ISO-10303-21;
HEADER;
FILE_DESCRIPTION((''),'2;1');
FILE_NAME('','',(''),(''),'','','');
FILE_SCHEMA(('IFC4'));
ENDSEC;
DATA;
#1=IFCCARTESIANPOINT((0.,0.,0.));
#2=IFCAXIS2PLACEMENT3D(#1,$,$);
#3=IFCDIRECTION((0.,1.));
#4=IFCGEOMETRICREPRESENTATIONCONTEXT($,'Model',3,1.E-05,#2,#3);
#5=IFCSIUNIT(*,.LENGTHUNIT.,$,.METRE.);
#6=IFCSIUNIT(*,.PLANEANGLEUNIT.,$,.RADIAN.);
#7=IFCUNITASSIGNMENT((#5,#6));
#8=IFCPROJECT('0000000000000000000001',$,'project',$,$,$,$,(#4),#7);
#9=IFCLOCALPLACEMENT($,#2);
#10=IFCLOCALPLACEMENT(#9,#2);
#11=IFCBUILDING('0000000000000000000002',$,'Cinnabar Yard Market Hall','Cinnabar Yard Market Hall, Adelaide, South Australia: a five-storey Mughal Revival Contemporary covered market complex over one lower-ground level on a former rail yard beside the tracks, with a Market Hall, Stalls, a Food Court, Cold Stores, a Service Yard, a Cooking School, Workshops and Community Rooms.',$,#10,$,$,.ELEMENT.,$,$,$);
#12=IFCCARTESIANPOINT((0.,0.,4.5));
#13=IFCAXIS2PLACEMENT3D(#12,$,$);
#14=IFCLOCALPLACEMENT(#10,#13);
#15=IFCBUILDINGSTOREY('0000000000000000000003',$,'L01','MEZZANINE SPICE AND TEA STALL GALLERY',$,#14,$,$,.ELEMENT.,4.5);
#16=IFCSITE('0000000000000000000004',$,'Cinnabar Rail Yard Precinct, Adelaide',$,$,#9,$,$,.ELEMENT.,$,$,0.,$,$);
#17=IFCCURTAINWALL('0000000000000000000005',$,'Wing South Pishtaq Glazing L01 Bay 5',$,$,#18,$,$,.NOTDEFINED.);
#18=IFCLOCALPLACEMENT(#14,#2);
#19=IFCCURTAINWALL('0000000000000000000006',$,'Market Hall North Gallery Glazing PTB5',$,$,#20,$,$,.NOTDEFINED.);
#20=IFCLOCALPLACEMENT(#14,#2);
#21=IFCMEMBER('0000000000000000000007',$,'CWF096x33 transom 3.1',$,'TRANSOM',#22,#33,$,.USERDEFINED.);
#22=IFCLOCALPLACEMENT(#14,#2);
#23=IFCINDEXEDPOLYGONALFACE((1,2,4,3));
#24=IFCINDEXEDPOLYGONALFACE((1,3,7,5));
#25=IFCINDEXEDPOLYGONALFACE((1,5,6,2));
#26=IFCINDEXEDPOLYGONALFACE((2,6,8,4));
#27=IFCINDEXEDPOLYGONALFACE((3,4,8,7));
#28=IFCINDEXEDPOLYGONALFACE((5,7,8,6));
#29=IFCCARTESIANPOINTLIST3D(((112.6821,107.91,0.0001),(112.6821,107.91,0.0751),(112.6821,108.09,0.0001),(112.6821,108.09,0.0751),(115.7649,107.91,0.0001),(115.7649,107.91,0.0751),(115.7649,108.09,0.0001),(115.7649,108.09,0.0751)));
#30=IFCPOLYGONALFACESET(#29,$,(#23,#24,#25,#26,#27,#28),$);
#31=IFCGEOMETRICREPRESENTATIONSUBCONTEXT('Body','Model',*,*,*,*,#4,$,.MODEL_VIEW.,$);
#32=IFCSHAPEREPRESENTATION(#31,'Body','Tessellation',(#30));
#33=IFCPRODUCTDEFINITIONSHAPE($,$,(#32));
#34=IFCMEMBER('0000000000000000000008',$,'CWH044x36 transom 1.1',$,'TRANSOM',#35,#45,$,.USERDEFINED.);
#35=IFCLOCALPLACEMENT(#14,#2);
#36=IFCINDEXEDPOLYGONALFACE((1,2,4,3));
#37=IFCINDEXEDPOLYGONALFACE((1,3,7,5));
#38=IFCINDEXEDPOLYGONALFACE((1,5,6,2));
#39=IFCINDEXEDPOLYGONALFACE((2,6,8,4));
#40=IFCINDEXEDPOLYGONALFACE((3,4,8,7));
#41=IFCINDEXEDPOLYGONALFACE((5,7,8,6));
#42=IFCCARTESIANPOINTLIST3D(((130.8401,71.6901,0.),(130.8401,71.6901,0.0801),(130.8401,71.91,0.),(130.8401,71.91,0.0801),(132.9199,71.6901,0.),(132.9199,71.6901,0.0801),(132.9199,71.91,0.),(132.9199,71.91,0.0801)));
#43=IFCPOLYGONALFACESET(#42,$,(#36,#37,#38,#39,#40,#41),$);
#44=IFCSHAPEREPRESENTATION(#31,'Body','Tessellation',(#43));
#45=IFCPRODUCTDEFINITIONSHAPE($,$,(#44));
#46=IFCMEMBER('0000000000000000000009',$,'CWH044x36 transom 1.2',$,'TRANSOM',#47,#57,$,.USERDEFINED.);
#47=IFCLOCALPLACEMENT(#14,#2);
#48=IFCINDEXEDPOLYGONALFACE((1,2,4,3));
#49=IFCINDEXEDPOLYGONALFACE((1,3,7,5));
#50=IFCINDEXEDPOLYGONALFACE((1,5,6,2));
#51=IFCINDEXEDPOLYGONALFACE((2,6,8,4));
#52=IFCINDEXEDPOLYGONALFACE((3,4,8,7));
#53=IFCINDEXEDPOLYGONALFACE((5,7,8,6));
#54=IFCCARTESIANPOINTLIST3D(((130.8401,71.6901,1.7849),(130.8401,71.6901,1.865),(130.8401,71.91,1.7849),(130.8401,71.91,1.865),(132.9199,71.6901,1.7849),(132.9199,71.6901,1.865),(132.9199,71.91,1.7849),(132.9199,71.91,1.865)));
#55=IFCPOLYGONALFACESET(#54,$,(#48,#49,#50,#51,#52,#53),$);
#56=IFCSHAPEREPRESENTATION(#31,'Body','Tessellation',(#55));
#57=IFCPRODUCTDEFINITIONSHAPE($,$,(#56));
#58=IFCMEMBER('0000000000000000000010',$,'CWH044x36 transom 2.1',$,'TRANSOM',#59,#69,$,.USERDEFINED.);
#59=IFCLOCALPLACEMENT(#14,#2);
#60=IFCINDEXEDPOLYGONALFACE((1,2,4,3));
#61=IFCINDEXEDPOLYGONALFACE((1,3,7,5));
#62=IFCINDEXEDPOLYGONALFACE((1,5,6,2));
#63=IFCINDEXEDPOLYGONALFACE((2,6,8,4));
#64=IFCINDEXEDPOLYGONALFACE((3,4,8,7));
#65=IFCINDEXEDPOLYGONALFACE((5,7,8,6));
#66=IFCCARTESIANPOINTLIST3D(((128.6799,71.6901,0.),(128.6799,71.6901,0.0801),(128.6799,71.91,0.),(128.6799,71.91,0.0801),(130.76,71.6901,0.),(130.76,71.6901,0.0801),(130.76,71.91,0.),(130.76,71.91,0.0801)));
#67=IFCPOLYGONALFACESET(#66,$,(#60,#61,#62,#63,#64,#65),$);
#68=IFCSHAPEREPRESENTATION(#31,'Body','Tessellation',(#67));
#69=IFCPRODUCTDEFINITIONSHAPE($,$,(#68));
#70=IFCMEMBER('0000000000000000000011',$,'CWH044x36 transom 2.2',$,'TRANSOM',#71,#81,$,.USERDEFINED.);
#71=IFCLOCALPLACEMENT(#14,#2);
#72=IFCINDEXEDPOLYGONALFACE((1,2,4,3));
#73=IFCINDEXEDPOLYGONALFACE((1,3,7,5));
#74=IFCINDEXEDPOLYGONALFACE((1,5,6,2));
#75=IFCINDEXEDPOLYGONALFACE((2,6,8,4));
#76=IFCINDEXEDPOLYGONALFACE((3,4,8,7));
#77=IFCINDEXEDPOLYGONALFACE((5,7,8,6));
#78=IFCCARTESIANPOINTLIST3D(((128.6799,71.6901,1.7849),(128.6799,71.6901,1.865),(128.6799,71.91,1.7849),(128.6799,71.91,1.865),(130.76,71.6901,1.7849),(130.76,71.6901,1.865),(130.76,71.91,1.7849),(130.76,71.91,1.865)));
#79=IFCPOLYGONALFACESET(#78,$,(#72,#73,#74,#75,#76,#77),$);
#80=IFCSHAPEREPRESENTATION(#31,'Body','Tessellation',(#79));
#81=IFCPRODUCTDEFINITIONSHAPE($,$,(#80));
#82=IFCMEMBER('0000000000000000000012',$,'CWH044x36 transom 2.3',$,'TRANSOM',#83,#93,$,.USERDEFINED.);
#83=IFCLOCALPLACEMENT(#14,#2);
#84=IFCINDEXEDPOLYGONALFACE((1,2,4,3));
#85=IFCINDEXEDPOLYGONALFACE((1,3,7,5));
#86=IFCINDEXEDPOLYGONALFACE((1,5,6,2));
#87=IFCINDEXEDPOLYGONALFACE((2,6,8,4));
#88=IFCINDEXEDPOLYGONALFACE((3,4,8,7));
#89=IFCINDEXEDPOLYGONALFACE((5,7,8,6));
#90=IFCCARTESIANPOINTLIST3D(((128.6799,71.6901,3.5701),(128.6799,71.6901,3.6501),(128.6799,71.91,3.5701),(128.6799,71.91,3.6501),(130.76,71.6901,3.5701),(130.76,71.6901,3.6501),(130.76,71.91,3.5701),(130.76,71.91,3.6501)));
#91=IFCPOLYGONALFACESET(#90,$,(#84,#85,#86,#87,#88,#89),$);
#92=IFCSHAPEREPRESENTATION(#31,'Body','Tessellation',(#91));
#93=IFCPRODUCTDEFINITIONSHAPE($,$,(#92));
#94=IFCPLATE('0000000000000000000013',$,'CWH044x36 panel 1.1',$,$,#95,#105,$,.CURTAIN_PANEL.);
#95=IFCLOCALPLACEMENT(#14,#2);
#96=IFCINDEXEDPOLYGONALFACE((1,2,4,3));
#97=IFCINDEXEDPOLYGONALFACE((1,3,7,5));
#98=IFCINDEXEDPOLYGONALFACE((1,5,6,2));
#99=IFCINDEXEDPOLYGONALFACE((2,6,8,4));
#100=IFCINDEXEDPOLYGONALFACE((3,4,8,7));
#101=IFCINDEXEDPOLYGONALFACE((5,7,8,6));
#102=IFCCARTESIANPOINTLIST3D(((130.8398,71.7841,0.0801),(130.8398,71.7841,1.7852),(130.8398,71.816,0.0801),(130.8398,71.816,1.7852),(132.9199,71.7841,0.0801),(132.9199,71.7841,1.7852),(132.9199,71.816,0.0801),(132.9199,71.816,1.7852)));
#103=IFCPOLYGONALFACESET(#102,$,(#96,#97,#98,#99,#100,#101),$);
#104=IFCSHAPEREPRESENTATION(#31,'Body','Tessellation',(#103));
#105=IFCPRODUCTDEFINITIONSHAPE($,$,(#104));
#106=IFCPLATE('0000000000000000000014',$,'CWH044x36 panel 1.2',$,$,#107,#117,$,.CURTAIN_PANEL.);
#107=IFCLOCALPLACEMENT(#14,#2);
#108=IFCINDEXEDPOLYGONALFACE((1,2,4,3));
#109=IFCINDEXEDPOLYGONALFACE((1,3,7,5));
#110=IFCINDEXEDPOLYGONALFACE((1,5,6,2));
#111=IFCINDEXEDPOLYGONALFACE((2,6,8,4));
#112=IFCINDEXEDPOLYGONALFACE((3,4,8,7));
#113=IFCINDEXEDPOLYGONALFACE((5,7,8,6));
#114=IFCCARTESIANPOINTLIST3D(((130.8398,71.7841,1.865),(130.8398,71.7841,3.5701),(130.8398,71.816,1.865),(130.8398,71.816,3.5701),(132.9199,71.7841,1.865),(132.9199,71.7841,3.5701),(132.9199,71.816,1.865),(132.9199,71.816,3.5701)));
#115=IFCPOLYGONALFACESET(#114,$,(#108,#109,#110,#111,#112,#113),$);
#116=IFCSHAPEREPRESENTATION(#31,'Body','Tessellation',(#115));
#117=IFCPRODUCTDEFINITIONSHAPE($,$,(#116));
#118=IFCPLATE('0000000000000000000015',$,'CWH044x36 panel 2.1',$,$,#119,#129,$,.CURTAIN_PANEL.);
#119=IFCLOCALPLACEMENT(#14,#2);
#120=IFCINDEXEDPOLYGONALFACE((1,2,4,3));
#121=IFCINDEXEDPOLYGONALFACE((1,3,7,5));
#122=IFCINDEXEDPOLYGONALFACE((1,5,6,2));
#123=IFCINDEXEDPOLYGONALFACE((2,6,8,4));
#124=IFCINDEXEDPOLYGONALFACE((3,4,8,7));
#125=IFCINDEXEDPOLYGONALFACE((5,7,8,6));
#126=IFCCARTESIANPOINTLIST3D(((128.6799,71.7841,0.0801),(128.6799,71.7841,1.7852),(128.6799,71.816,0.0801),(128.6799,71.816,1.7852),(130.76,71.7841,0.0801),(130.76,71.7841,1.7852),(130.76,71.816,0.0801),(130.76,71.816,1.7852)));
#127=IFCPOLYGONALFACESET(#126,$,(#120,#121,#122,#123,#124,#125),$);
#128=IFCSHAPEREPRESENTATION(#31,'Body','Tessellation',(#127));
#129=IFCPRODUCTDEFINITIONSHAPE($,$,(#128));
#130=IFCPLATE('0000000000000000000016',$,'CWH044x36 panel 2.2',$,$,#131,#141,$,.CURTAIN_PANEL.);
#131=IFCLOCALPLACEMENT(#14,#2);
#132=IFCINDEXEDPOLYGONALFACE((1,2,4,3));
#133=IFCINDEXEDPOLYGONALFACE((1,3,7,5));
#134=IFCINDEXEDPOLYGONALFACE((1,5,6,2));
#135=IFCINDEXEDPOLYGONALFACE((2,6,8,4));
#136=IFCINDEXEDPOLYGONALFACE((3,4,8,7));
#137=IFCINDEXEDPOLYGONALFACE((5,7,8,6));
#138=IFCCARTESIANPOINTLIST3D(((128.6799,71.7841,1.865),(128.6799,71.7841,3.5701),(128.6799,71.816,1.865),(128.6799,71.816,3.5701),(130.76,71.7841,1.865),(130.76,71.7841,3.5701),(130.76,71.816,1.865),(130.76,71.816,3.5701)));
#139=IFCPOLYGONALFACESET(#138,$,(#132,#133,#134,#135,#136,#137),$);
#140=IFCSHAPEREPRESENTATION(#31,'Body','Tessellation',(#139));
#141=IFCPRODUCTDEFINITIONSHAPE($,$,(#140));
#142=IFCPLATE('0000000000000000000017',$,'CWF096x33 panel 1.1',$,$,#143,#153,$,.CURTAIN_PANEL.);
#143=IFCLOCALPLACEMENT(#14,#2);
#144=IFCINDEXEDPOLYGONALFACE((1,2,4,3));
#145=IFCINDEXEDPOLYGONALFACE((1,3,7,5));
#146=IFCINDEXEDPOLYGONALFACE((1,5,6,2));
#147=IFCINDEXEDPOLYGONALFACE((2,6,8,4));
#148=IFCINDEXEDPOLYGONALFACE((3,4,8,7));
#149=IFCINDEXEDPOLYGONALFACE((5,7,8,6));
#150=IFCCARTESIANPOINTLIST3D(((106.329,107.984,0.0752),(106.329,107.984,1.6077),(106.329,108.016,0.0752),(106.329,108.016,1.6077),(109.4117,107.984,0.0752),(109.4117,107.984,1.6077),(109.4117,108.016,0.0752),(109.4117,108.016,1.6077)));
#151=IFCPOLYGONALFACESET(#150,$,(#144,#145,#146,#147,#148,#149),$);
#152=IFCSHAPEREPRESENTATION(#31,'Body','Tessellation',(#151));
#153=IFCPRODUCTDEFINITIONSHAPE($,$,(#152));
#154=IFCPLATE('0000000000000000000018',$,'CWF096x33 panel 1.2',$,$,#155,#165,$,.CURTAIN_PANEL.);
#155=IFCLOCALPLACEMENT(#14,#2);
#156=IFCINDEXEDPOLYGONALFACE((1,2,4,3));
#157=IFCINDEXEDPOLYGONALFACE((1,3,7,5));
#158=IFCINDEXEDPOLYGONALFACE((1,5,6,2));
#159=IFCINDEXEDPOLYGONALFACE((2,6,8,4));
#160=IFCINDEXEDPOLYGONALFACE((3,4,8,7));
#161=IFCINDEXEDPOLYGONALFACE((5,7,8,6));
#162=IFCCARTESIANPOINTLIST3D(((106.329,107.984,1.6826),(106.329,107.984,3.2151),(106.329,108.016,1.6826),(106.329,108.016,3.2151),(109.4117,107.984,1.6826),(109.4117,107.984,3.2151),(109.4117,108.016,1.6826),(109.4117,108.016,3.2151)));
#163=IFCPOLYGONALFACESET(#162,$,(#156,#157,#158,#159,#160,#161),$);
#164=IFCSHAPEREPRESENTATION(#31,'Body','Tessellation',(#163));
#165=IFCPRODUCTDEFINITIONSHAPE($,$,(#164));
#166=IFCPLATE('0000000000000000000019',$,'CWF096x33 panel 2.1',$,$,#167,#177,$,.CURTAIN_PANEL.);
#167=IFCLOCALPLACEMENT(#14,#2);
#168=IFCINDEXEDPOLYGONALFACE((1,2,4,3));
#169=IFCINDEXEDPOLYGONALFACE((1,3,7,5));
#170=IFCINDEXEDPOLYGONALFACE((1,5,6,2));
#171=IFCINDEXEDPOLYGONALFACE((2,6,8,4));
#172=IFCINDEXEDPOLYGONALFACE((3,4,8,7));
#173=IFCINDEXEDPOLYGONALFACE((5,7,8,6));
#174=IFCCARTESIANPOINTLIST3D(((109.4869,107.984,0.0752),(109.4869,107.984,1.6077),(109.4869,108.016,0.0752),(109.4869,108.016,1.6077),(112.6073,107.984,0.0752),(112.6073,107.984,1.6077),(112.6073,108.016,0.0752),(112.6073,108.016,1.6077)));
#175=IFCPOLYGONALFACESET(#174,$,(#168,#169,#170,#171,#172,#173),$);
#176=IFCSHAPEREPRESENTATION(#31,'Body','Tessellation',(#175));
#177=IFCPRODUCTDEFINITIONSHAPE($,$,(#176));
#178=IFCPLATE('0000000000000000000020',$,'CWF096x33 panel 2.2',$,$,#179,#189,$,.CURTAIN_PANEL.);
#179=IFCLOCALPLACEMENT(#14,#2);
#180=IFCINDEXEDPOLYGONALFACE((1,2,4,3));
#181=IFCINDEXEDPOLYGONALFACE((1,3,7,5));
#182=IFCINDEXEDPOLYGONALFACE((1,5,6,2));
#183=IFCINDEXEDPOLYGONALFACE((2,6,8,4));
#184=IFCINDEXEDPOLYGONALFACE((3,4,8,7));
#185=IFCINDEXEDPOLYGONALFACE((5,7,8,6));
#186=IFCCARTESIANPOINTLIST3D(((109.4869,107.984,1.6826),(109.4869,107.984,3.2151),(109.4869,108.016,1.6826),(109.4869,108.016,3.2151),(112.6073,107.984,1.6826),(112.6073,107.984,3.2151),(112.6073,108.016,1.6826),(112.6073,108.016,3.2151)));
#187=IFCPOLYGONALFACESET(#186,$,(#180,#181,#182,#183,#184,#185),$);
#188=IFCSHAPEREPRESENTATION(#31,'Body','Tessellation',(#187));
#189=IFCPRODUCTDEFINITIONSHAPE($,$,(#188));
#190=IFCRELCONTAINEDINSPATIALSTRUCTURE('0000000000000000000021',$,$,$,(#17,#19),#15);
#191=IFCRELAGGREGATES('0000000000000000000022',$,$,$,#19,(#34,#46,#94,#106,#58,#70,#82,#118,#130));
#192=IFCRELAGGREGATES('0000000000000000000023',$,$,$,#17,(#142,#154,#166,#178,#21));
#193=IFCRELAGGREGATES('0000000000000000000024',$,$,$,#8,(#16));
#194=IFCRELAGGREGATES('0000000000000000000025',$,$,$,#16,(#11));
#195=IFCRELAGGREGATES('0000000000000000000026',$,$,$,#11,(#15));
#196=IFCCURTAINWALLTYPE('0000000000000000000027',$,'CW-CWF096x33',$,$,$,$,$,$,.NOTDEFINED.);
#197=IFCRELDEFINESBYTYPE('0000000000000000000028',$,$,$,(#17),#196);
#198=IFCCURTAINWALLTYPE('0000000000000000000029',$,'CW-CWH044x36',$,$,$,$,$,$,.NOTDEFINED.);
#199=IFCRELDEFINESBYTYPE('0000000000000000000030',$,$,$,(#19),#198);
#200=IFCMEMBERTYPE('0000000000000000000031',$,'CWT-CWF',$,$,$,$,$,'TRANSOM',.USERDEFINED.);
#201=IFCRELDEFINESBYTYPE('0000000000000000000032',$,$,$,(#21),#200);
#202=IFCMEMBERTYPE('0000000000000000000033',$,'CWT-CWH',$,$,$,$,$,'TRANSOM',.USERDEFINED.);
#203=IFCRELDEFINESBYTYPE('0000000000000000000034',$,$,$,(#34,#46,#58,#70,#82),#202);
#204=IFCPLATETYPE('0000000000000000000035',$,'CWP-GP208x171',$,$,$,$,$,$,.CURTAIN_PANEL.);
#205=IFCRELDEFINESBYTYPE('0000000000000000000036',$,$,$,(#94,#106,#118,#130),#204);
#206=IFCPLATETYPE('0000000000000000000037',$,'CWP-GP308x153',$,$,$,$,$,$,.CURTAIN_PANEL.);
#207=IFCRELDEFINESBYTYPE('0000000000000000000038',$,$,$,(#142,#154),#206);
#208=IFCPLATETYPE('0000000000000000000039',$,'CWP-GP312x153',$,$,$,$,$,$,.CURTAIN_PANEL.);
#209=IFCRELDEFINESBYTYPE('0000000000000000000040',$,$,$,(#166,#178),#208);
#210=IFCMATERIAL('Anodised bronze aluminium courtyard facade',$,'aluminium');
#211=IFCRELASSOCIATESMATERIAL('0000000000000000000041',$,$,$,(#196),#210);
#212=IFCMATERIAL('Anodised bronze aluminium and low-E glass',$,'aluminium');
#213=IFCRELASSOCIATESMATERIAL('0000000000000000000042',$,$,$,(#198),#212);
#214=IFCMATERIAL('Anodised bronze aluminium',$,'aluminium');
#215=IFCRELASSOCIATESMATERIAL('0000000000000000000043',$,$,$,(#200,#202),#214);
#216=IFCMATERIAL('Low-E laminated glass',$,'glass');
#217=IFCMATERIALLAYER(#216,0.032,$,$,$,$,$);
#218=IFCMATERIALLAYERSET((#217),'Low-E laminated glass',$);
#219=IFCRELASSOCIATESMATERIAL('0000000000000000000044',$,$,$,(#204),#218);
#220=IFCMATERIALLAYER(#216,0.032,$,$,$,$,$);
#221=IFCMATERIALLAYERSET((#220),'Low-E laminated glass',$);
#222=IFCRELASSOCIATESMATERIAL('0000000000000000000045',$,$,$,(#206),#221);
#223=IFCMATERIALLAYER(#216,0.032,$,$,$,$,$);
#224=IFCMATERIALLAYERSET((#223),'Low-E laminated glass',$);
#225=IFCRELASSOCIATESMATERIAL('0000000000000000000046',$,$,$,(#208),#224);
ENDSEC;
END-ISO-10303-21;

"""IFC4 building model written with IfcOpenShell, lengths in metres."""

from ifc_helpers import new_model, si_unit, direction, frame, origin, origin_2d_with_axis, place, context, subcontext, project, spatial, rectangle, extrude, material, layer, layer_set, material_profile, profile_set, type_object, element, aggregate, save


model = new_model("IFC4")

# Units and contexts
model_context = context("Model", 3, precision=1e-05, world=origin(), true_north=direction((0.0, 1.0)))
body_context = subcontext(model_context, "Body", "Model", "MODEL_VIEW")
ifc_project = project(units=[si_unit("LENGTHUNIT", "METRE"), si_unit("PLANEANGLEUNIT", "RADIAN")], contexts=[model_context])

# Site, building, storey
site_placement = place(None, origin())
site = spatial("IfcSite", under=ifc_project, at=site_placement, Name="Cinnabar Rail Yard Precinct, Adelaide", CompositionType="ELEMENT", RefElevation=0.0)
building_placement = place(site_placement, origin())
building = spatial("IfcBuilding", under=site, at=building_placement, Name="Cinnabar Yard Market Hall", Description="Cinnabar Yard Market Hall, Adelaide, South Australia: a five-storey Mughal Revival Contemporary covered market complex over one lower-ground level on a former rail yard beside the tracks, with a Market Hall, Stalls, a Food Court, Cold Stores, a Service Yard, a Cooking School, Workshops and Community Rooms.", CompositionType="ELEMENT")
storey_placement = place(building_placement, frame((0.0, 0.0, 4.5)))
storey = spatial("IfcBuildingStorey", under=building, at=storey_placement, Name="L01", Description="MEZZANINE SPICE AND TEA STALL GALLERY", CompositionType="ELEMENT", Elevation=4.5)

# Curtain wall
ifc_material_1 = material(Name="Anodised bronze aluminium courtyard facade", Category="aluminium")
curtain_wall_type_1 = type_object("IfcCurtainWallType", Name="CW-CWF096x33", PredefinedType="NOTDEFINED", material=ifc_material_1)
curtain_wall_1_placement = place(storey_placement, origin())
curtain_wall_1 = element("IfcCurtainWall", 1, at=curtain_wall_1_placement, inside=storey, type_object=curtain_wall_type_1, Name="Wing South Pishtaq Glazing L01 Bay 5", PredefinedType="NOTDEFINED")
ifc_material_2 = material(Name="Anodised bronze aluminium", Category="aluminium")

# Curtain wall
ifc_material_3 = material(Name="Anodised bronze aluminium and low-E glass", Category="aluminium")
curtain_wall_type_2 = type_object("IfcCurtainWallType", Name="CW-CWH044x36", PredefinedType="NOTDEFINED", material=ifc_material_3)
curtain_wall_2_placement = place(storey_placement, origin())
curtain_wall_2 = element("IfcCurtainWall", 2, at=curtain_wall_2_placement, inside=storey, type_object=curtain_wall_type_2, Name="Market Hall North Gallery Glazing PTB5", PredefinedType="NOTDEFINED")

# Members
ifc_material_profile_1 = material_profile(ifc_material_2, rectangle(XDim=0.1799, YDim=0.075, at=origin_2d_with_axis()), Name="TRN-CWF")
ifc_profile_set_1 = profile_set([ifc_material_profile_1], Name="Anodised bronze aluminium")
member_type_1 = type_object("IfcMemberType", Name="CWT-CWF", ElementType="TRANSOM", PredefinedType="USERDEFINED", material=ifc_profile_set_1)
member_1_placement = place(storey_placement, frame((112.6821, 108.0, 0.0376), z_axis=(1.0, 0.0, 0.0), x_axis=(0.0, 1.0, 0.0)))
member_1 = element("IfcMember", 3, at=member_1_placement, type_object=member_type_1, Name="CWF096x33 transom 3.1", ObjectType="TRANSOM", PredefinedType="USERDEFINED", context=body_context, shape_type="SweptSolid", body=[
    extrude(rectangle(XDim=0.1799, YDim=0.075, at=origin_2d_with_axis()), origin(), (0.0, 0.0, 1.0), 3.0828),
])
ifc_material_profile_2 = material_profile(ifc_material_2, rectangle(XDim=0.22, YDim=0.0801, at=origin_2d_with_axis()), Name="TRN-CWH")
ifc_profile_set_2 = profile_set([ifc_material_profile_2], Name="Anodised bronze aluminium")
member_type_2 = type_object("IfcMemberType", Name="CWT-CWH", ElementType="TRANSOM", PredefinedType="USERDEFINED", material=ifc_profile_set_2)
member_2_placement = place(storey_placement, frame((132.9199, 71.8, 0.04), z_axis=(-1.0, 0.0, 0.0), x_axis=(0.0, -1.0, 0.0)))
member_2 = element("IfcMember", 4, at=member_2_placement, type_object=member_type_2, Name="CWH044x36 transom 1.1", ObjectType="TRANSOM", PredefinedType="USERDEFINED", context=body_context, shape_type="SweptSolid", body=[
    extrude(rectangle(XDim=0.22, YDim=0.0801, at=origin_2d_with_axis()), origin(), (0.0, 0.0, 1.0), 2.0798),
])
member_3_placement = place(storey_placement, frame((132.9199, 71.8, 1.825), z_axis=(-1.0, 0.0, 0.0), x_axis=(0.0, -1.0, 0.0)))
member_3 = element("IfcMember", 5, at=member_3_placement, type_object=member_type_2, Name="CWH044x36 transom 1.2", ObjectType="TRANSOM", PredefinedType="USERDEFINED", context=body_context, shape_type="SweptSolid", body=[
    extrude(rectangle(XDim=0.22, YDim=0.0801, at=origin_2d_with_axis()), origin(), (0.0, 0.0, 1.0), 2.0798),
])
member_4_placement = place(storey_placement, frame((130.76, 71.8, 0.04), z_axis=(-1.0, 0.0, 0.0), x_axis=(0.0, -1.0, 0.0)))
member_4 = element("IfcMember", 6, at=member_4_placement, type_object=member_type_2, Name="CWH044x36 transom 2.1", ObjectType="TRANSOM", PredefinedType="USERDEFINED", context=body_context, shape_type="SweptSolid", body=[
    extrude(rectangle(XDim=0.22, YDim=0.0801, at=origin_2d_with_axis()), origin(), (0.0, 0.0, 1.0), 2.0801),
])
member_5_placement = place(storey_placement, frame((130.76, 71.8, 1.825), z_axis=(-1.0, 0.0, 0.0), x_axis=(0.0, -1.0, 0.0)))
member_5 = element("IfcMember", 7, at=member_5_placement, type_object=member_type_2, Name="CWH044x36 transom 2.2", ObjectType="TRANSOM", PredefinedType="USERDEFINED", context=body_context, shape_type="SweptSolid", body=[
    extrude(rectangle(XDim=0.22, YDim=0.0801, at=origin_2d_with_axis()), origin(), (0.0, 0.0, 1.0), 2.0801),
])
member_6_placement = place(storey_placement, frame((130.76, 71.8, 3.6101), z_axis=(-1.0, 0.0, 0.0), x_axis=(0.0, -1.0, 0.0)))
member_6 = element("IfcMember", 8, at=member_6_placement, type_object=member_type_2, Name="CWH044x36 transom 2.3", ObjectType="TRANSOM", PredefinedType="USERDEFINED", context=body_context, shape_type="SweptSolid", body=[
    extrude(rectangle(XDim=0.22, YDim=0.0801, at=origin_2d_with_axis()), origin(), (0.0, 0.0, 1.0), 2.0801),
])

# Plates
ifc_material_4 = material(Name="Low-E laminated glass", Category="glass")
ifc_layer_1 = layer(ifc_material_4, 0.032)
ifc_layer_set_1 = layer_set([ifc_layer_1], Name="Low-E laminated glass")
plate_type_1 = type_object("IfcPlateType", Name="CWP-GP208x171", PredefinedType="CURTAIN_PANEL", material=ifc_layer_set_1)
plate_1_placement = place(storey_placement, frame((131.8799, 71.8, 0.0801), z_axis=(0.0, 0.0, 1.0), x_axis=(-1.0, 0.0, 0.0)))
plate_1 = element("IfcPlate", 9, at=plate_1_placement, type_object=plate_type_1, Name="CWH044x36 panel 1.1", PredefinedType="CURTAIN_PANEL", context=body_context, shape_type="SweptSolid", body=[
    extrude(rectangle(XDim=2.0801, YDim=0.032, at=origin_2d_with_axis()), origin(), (0.0, 0.0, 1.0), 1.7051),
])
plate_2_placement = place(storey_placement, frame((131.8799, 71.8, 1.865), z_axis=(0.0, 0.0, 1.0), x_axis=(-1.0, 0.0, 0.0)))
plate_2 = element("IfcPlate", 10, at=plate_2_placement, type_object=plate_type_1, Name="CWH044x36 panel 1.2", PredefinedType="CURTAIN_PANEL", context=body_context, shape_type="SweptSolid", body=[
    extrude(rectangle(XDim=2.0801, YDim=0.032, at=origin_2d_with_axis()), origin(), (0.0, 0.0, 1.0), 1.7051),
])
plate_3_placement = place(storey_placement, frame((129.72, 71.8, 0.0801), z_axis=(0.0, 0.0, 1.0), x_axis=(-1.0, 0.0, 0.0)))
plate_3 = element("IfcPlate", 11, at=plate_3_placement, type_object=plate_type_1, Name="CWH044x36 panel 2.1", PredefinedType="CURTAIN_PANEL", context=body_context, shape_type="SweptSolid", body=[
    extrude(rectangle(XDim=2.0801, YDim=0.032, at=origin_2d_with_axis()), origin(), (0.0, 0.0, 1.0), 1.7051),
])
plate_4_placement = place(storey_placement, frame((129.72, 71.8, 1.865), z_axis=(0.0, 0.0, 1.0), x_axis=(-1.0, 0.0, 0.0)))
plate_4 = element("IfcPlate", 12, at=plate_4_placement, type_object=plate_type_1, Name="CWH044x36 panel 2.2", PredefinedType="CURTAIN_PANEL", context=body_context, shape_type="SweptSolid", body=[
    extrude(rectangle(XDim=2.0801, YDim=0.032, at=origin_2d_with_axis()), origin(), (0.0, 0.0, 1.0), 1.7051),
])
aggregate(curtain_wall_2, [member_2, member_3, plate_1, plate_2, member_4, member_5, member_6, plate_3, plate_4])
ifc_layer_2 = layer(ifc_material_4, 0.032)
ifc_layer_set_2 = layer_set([ifc_layer_2], Name="Low-E laminated glass")
plate_type_2 = type_object("IfcPlateType", Name="CWP-GP308x153", PredefinedType="CURTAIN_PANEL", material=ifc_layer_set_2)
plate_5_placement = place(storey_placement, frame((107.8704, 108.0, 0.0752), z_axis=(0.0, 0.0, 1.0), x_axis=(1.0, 0.0, 0.0)))
plate_5 = element("IfcPlate", 13, at=plate_5_placement, type_object=plate_type_2, Name="CWF096x33 panel 1.1", PredefinedType="CURTAIN_PANEL", context=body_context, shape_type="SweptSolid", body=[
    extrude(rectangle(XDim=3.0828, YDim=0.032, at=origin_2d_with_axis()), origin(), (0.0, 0.0, 1.0), 1.5325),
])
plate_6_placement = place(storey_placement, frame((107.8704, 108.0, 1.6826), z_axis=(0.0, 0.0, 1.0), x_axis=(1.0, 0.0, 0.0)))
plate_6 = element("IfcPlate", 14, at=plate_6_placement, type_object=plate_type_2, Name="CWF096x33 panel 1.2", PredefinedType="CURTAIN_PANEL", context=body_context, shape_type="SweptSolid", body=[
    extrude(rectangle(XDim=3.0828, YDim=0.032, at=origin_2d_with_axis()), origin(), (0.0, 0.0, 1.0), 1.5325),
])
ifc_layer_3 = layer(ifc_material_4, 0.032)
ifc_layer_set_3 = layer_set([ifc_layer_3], Name="Low-E laminated glass")
plate_type_3 = type_object("IfcPlateType", Name="CWP-GP312x153", PredefinedType="CURTAIN_PANEL", material=ifc_layer_set_3)
plate_7_placement = place(storey_placement, frame((111.0471, 108.0, 0.0752), z_axis=(0.0, 0.0, 1.0), x_axis=(1.0, 0.0, 0.0)))
plate_7 = element("IfcPlate", 15, at=plate_7_placement, type_object=plate_type_3, Name="CWF096x33 panel 2.1", PredefinedType="CURTAIN_PANEL", context=body_context, shape_type="SweptSolid", body=[
    extrude(rectangle(XDim=3.1204, YDim=0.032, at=origin_2d_with_axis()), origin(), (0.0, 0.0, 1.0), 1.5325),
])
plate_8_placement = place(storey_placement, frame((111.0471, 108.0, 1.6826), z_axis=(0.0, 0.0, 1.0), x_axis=(1.0, 0.0, 0.0)))
plate_8 = element("IfcPlate", 16, at=plate_8_placement, type_object=plate_type_3, Name="CWF096x33 panel 2.2", PredefinedType="CURTAIN_PANEL", context=body_context, shape_type="SweptSolid", body=[
    extrude(rectangle(XDim=3.1204, YDim=0.032, at=origin_2d_with_axis()), origin(), (0.0, 0.0, 1.0), 1.5325),
])
aggregate(curtain_wall_1, [plate_5, plate_6, plate_7, plate_8, member_1])

save(model, "model.ifc")
